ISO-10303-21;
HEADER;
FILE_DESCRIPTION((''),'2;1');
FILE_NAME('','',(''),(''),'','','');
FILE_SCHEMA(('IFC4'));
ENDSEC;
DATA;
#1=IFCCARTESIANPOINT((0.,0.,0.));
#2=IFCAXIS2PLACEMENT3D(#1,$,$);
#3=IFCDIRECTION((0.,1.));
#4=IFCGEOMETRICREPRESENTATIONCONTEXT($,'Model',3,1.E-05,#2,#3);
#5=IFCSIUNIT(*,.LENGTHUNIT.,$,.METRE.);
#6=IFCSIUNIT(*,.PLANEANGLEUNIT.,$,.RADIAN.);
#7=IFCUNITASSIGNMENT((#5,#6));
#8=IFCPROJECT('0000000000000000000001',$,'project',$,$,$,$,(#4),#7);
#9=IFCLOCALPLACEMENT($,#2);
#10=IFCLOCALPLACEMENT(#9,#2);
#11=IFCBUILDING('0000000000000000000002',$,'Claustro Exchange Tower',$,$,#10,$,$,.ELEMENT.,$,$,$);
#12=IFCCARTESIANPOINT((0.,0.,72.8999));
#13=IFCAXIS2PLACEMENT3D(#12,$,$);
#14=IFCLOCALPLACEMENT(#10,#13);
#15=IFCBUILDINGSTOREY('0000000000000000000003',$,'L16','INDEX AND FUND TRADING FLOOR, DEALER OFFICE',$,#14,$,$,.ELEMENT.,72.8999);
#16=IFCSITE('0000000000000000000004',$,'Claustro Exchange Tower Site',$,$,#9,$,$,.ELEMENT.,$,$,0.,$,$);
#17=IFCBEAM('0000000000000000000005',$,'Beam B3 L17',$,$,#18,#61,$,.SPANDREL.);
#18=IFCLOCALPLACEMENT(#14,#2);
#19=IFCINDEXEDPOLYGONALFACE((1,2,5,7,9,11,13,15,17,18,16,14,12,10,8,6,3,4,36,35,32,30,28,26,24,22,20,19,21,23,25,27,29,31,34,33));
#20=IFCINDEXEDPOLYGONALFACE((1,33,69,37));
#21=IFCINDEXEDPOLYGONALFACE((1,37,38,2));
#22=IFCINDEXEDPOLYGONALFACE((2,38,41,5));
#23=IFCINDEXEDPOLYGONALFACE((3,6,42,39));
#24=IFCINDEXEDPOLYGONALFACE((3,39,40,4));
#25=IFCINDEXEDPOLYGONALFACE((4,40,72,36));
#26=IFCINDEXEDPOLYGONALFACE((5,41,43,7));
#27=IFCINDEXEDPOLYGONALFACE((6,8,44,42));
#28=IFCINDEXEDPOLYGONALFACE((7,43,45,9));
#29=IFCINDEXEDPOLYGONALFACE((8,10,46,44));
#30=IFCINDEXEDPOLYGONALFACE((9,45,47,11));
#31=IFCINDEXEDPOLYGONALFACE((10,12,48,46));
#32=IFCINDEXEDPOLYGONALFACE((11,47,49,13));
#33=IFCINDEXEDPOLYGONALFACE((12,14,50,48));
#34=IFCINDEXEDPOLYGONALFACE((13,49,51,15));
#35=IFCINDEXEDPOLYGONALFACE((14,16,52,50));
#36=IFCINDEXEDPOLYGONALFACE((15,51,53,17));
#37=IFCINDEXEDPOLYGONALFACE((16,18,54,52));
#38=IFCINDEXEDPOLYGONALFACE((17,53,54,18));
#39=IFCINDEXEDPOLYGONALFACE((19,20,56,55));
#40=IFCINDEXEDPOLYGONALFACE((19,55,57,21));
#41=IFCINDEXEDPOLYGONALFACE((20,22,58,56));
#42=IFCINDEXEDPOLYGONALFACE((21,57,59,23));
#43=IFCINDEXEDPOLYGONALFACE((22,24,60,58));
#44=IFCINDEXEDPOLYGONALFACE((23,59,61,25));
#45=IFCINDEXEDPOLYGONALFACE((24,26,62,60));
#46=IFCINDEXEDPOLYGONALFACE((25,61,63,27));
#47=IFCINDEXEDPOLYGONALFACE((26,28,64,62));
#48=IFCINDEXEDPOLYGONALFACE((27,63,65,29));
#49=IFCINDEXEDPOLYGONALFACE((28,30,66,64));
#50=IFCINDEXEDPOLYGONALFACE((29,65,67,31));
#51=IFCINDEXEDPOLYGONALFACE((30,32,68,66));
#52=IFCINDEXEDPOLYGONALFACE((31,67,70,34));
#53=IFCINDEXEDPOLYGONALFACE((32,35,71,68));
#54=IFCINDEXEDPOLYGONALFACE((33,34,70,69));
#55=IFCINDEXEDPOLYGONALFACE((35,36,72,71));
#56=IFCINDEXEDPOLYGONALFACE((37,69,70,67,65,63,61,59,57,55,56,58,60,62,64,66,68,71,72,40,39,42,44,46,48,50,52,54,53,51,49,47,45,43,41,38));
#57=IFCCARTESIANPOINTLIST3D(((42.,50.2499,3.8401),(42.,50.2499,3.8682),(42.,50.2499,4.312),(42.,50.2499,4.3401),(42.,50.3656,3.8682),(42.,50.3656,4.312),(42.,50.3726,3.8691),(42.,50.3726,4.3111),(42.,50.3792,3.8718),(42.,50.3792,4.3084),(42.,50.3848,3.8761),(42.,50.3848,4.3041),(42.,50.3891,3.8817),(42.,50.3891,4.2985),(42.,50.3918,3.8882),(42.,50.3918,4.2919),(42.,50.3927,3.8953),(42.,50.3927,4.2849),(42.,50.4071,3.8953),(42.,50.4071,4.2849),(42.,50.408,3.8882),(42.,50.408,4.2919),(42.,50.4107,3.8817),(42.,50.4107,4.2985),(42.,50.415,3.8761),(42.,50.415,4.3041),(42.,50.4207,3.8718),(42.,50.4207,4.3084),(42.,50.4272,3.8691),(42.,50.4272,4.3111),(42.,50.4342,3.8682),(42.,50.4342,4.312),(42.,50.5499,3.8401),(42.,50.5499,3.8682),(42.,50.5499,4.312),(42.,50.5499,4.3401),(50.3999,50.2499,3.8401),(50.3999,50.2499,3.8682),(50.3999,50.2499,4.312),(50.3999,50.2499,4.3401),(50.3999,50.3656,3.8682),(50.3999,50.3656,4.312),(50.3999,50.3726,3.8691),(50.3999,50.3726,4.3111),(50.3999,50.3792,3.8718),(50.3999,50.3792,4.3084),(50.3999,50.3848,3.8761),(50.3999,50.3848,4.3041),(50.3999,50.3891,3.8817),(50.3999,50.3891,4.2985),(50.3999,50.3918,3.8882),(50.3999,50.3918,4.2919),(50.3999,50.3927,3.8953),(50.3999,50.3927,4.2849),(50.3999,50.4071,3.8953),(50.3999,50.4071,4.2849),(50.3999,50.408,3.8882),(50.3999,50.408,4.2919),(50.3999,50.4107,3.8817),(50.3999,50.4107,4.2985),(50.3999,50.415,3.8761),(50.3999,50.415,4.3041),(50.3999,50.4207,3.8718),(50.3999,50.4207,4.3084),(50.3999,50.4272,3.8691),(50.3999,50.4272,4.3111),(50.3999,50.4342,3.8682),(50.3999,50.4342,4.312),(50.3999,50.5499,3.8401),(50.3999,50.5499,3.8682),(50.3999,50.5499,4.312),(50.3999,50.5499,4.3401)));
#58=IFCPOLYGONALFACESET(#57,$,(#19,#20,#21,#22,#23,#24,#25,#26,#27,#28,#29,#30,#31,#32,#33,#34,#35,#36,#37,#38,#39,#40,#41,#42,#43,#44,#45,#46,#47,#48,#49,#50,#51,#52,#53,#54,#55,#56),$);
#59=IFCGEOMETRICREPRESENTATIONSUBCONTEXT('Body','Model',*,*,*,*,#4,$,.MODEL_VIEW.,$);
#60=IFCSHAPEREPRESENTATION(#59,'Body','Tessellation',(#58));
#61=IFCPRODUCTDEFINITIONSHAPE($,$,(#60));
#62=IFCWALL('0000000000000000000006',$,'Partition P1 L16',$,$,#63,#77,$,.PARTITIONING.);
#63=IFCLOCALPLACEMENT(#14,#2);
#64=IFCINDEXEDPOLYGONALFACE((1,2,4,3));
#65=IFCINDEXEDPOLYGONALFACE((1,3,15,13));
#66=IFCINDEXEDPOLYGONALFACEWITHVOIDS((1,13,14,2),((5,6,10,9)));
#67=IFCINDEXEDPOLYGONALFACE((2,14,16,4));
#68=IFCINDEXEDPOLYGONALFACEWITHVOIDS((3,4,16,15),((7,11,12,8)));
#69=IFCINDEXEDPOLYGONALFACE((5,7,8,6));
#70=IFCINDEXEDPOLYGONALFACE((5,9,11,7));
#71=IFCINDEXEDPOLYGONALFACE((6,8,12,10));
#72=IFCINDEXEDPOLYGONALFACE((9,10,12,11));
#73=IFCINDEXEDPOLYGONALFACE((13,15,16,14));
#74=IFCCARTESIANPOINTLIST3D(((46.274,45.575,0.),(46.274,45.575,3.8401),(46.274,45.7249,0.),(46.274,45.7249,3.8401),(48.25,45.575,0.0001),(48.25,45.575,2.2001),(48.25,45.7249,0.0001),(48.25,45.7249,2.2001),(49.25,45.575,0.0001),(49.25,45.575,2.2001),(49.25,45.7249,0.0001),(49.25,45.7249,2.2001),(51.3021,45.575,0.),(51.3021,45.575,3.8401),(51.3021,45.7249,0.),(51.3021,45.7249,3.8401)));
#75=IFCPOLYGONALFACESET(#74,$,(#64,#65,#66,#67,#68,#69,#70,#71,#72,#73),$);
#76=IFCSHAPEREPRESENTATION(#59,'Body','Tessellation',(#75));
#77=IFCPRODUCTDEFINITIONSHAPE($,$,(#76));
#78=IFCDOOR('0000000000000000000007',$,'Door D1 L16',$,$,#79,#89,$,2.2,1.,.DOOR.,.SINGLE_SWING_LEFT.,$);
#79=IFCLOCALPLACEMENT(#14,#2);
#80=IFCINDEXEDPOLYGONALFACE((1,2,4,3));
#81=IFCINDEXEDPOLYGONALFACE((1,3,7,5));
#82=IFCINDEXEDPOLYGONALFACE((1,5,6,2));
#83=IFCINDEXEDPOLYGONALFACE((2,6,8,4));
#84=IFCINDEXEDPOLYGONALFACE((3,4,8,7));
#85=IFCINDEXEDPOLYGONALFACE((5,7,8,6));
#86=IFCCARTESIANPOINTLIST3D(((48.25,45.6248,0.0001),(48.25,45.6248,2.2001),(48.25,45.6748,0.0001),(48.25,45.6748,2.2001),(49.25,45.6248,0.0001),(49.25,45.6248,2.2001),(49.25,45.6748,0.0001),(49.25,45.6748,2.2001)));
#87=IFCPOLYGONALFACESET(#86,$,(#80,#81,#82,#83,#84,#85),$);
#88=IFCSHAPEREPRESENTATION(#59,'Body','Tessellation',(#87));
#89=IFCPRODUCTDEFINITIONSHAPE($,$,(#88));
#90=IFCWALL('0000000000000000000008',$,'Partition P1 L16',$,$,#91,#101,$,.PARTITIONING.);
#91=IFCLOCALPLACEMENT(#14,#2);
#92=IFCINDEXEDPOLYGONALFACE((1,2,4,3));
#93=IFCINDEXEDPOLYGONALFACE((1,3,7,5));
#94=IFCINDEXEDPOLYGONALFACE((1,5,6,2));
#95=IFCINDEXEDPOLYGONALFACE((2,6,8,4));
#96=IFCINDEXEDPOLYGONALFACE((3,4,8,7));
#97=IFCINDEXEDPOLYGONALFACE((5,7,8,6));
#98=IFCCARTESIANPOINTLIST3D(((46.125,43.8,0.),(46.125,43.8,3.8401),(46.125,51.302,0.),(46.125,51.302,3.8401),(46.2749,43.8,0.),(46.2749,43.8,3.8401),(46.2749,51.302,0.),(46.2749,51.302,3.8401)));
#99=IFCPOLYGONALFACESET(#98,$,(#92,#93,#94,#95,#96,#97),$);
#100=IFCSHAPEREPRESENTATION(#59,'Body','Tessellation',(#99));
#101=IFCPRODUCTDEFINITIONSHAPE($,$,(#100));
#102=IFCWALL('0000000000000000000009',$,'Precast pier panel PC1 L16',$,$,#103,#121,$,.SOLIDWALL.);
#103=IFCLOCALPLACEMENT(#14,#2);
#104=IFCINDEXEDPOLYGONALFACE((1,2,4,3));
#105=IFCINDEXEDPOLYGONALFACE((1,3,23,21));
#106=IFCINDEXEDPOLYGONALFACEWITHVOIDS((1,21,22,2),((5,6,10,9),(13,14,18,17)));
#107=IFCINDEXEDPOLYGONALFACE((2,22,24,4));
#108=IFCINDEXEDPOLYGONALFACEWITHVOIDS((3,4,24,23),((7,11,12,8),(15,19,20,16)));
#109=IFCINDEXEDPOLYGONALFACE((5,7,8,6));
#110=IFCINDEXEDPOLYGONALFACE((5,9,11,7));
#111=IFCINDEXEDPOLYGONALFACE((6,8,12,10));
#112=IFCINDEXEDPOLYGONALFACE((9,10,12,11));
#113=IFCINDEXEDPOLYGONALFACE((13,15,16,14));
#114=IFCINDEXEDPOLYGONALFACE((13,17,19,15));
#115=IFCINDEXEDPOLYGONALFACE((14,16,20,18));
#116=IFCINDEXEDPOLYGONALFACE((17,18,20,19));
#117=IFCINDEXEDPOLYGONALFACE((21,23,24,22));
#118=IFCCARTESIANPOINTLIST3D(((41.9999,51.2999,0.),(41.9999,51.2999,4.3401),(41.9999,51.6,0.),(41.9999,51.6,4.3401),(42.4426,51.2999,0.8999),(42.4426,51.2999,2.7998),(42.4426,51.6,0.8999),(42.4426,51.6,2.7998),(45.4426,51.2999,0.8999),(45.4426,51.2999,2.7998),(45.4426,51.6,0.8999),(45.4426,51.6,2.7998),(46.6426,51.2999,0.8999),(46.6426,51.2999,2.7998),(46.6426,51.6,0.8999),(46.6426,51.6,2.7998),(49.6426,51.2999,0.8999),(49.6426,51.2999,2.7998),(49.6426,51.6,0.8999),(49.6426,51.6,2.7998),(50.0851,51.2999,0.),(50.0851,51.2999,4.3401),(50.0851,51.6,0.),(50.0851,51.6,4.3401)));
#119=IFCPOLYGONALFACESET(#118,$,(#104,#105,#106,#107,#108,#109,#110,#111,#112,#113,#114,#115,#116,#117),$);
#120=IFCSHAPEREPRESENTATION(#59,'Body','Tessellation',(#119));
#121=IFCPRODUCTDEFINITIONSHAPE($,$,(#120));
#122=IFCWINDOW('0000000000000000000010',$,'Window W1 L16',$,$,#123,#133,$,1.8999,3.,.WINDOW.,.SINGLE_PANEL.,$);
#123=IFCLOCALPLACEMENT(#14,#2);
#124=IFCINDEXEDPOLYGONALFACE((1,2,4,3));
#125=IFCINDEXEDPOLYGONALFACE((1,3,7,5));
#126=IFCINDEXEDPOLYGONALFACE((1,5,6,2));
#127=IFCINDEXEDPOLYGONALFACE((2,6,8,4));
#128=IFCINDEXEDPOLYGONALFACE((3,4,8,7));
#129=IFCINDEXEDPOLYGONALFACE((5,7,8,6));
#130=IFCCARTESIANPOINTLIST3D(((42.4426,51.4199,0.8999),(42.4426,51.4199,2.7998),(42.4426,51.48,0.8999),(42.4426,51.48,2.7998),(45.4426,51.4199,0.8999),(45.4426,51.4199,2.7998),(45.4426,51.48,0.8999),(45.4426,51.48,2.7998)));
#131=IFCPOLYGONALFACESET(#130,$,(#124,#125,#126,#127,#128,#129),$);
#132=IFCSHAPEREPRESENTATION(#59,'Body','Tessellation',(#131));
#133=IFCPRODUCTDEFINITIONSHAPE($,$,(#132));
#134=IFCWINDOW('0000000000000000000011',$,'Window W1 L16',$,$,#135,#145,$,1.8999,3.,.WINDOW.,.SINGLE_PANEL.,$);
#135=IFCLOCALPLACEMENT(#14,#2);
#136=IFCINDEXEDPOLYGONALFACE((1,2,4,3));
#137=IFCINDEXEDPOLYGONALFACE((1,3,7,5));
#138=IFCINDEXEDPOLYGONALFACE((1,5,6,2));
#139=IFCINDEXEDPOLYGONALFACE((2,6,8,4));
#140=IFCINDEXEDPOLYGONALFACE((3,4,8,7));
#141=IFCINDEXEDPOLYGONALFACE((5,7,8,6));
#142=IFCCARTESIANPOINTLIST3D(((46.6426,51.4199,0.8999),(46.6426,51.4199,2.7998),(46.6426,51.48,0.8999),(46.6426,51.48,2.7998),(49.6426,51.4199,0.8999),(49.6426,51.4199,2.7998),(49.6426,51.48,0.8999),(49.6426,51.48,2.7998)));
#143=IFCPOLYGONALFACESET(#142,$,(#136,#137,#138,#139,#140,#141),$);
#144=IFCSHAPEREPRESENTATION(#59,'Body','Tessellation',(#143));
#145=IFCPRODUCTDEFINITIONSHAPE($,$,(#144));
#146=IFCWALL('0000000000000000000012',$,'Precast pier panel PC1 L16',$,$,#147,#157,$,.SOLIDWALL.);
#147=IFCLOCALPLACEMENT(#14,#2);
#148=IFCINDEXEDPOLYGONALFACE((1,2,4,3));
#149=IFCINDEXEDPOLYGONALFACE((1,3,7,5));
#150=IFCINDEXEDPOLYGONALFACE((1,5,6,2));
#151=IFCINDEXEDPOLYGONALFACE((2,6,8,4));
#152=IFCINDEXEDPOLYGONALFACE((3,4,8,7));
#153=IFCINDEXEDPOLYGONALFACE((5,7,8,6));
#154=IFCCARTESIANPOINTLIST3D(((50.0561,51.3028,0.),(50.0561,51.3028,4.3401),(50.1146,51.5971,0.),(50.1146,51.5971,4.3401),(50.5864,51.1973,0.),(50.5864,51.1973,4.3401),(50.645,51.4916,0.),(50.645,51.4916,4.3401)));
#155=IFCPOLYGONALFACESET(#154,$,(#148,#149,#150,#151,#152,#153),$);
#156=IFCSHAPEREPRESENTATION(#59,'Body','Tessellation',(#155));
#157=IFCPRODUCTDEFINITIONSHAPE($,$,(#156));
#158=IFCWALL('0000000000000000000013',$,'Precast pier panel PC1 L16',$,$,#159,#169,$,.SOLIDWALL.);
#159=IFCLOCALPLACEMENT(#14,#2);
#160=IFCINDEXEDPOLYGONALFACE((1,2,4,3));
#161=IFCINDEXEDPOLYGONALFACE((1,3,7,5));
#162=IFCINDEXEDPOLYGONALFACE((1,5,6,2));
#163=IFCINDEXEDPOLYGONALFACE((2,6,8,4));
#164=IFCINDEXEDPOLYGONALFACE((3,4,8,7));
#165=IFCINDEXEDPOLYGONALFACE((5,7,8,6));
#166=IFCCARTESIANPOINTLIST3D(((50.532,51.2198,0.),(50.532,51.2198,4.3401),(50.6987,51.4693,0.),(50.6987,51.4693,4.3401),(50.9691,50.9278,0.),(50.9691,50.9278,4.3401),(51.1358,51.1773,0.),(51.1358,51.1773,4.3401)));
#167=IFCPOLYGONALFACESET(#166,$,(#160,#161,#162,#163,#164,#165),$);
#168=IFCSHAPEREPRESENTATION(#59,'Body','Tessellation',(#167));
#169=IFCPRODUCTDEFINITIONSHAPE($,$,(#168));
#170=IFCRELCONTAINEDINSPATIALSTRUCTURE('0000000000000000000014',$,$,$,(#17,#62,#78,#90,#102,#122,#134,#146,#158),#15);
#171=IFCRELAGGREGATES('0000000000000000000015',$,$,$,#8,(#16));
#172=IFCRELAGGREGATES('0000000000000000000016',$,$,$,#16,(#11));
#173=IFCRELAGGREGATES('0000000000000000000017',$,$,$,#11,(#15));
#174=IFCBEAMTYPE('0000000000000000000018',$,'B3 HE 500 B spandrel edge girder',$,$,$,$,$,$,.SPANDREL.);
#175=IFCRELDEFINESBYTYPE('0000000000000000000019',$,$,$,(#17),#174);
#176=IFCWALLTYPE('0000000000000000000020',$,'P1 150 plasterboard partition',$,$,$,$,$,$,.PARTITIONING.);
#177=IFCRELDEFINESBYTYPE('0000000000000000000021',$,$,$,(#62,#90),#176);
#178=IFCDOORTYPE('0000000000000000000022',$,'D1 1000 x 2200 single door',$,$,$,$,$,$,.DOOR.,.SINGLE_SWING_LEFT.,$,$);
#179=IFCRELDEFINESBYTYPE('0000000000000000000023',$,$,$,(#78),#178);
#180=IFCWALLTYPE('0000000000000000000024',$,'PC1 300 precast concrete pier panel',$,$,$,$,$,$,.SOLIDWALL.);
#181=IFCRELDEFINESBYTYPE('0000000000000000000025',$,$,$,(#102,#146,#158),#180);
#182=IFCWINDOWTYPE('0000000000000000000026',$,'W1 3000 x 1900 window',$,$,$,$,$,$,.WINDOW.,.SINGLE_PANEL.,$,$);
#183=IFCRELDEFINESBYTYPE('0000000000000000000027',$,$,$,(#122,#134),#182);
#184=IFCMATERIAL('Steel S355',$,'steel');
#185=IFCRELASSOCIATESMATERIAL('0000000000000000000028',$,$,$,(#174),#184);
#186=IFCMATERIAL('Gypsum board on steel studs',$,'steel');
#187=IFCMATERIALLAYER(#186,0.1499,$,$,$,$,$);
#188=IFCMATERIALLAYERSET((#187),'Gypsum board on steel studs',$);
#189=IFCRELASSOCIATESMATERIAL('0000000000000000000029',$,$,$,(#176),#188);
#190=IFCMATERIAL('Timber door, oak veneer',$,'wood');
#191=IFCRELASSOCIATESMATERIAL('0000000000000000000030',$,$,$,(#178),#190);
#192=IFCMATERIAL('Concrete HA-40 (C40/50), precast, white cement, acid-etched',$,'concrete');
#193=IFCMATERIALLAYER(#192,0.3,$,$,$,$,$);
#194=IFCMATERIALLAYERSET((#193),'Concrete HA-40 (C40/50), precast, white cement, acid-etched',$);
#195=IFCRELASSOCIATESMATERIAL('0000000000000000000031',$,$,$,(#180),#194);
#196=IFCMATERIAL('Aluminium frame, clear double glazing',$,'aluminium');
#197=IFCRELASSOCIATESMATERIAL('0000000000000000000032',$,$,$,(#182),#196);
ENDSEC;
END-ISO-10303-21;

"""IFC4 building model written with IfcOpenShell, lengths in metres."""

from ifc_helpers import new_model, si_unit, direction, frame, frame_2d, origin, origin_2d, place, context, subcontext, project, spatial, rectangle, i_section, extrude, material, layer, layer_set, material_profile, profile_set, type_object, element, fill, save


model = new_model("IFC4")

# Units and contexts
model_context = context("Model", 3, precision=1e-05, world=origin(), true_north=direction((0.0, 1.0)))
body_context = subcontext(model_context, "Body", "Model", "MODEL_VIEW")
ifc_project = project(units=[si_unit("LENGTHUNIT", "METRE"), si_unit("PLANEANGLEUNIT", "RADIAN")], contexts=[model_context])

# Site, building, storey
site_placement = place(None, origin())
site = spatial("IfcSite", under=ifc_project, at=site_placement, Name="Claustro Exchange Tower Site", CompositionType="ELEMENT", RefElevation=0.0)
building_placement = place(site_placement, origin())
building = spatial("IfcBuilding", under=site, at=building_placement, Name="Claustro Exchange Tower", CompositionType="ELEMENT")
storey_placement = place(building_placement, frame((0.0, 0.0, 72.8999)))
storey = spatial("IfcBuildingStorey", under=building, at=storey_placement, Name="L16", Description="INDEX AND FUND TRADING FLOOR, DEALER OFFICE", CompositionType="ELEMENT", Elevation=72.8999)

# Beam
ifc_material_1 = material(Name="Steel S355", Category="steel")
ifc_material_profile_1 = material_profile(ifc_material_1, i_section(OverallWidth=0.3, OverallDepth=0.5, WebThickness=0.0144, FlangeThickness=0.0281, FilletRadius=0.0271, at=origin_2d()), Name="HE 500 B")
ifc_profile_set_1 = profile_set([ifc_material_profile_1], Name="Steel S355")
beam_type_1 = type_object("IfcBeamType", Name="B3 HE 500 B spandrel edge girder", PredefinedType="SPANDREL", material=ifc_profile_set_1)
for number, where, z_axis, x_axis, name in (
    (1, (42.0, 50.3999, 4.0901), (1.0, 0.0, 0.0), (0.0, 1.0, 0.0), "Beam B3 L17"),
):
    element("IfcBeam", number, at=place(storey_placement, frame(where, z_axis=z_axis, x_axis=x_axis)), inside=storey, type_object=beam_type_1, Name=name, PredefinedType="SPANDREL", context=body_context, shape_type="SweptSolid", body=[
        extrude(i_section(OverallWidth=0.3, OverallDepth=0.5, WebThickness=0.0144, FlangeThickness=0.0281, FilletRadius=0.0271, at=origin_2d()), origin(), (0.0, 0.0, 1.0), 8.3999),
    ])

# Wall, opening, door
ifc_material_2 = material(Name="Gypsum board on steel studs", Category="steel")
ifc_layer_1 = layer(ifc_material_2, 0.1499)
ifc_layer_set_1 = layer_set([ifc_layer_1], Name="Gypsum board on steel studs")
wall_type_1 = type_object("IfcWallType", Name="P1 150 plasterboard partition", PredefinedType="PARTITIONING", material=ifc_layer_set_1)
wall_1_placement = place(storey_placement, frame((46.2739, 45.6499, 0.0), z_axis=(0.0, 0.0, 1.0), x_axis=(1.0, 0.0, 0.0)))
wall_1 = element("IfcWall", 2, at=wall_1_placement, inside=storey, type_object=wall_type_1, Name="Partition P1 L16", PredefinedType="PARTITIONING", context=body_context, shape_type="SweptSolid", body=[
    extrude(rectangle(XDim=5.0281, YDim=0.1499, at=frame_2d((2.5142, 0.0))), origin(), (0.0, 0.0, 1.0), 3.8401),
])
opening_1_placement = place(wall_1_placement, frame((1.9761, 0.0, 0.0)))
opening_1 = element("IfcOpeningElement", 3, at=opening_1_placement, cuts=wall_1, PredefinedType="OPENING", context=body_context, shape_type="SweptSolid", body=[
    extrude(rectangle(XDim=1.0, YDim=2.2, at=frame_2d((0.5, 1.1001))), frame((0.0, 0.085, 0.0), z_axis=(0.0, -1.0, 0.0), x_axis=(1.0, 0.0, 0.0)), (0.0, 0.0, 1.0), 0.1699),
])
ifc_material_3 = material(Name="Timber door, oak veneer", Category="wood")
door_type = type_object("IfcDoorType", Name="D1 1000 x 2200 single door", OperationType="SINGLE_SWING_LEFT", PredefinedType="DOOR", material=ifc_material_3)
door_placement = place(opening_1_placement, origin())
door = element("IfcDoor", 4, at=door_placement, inside=storey, type_object=door_type, Name="Door D1 L16", OperationType="SINGLE_SWING_LEFT", OverallHeight=2.2, OverallWidth=1.0, PredefinedType="DOOR", context=body_context, shape_type="SweptSolid", body=[
    extrude(rectangle(XDim=1.0, YDim=2.2, at=frame_2d((0.5, 1.1001))), frame((0.0, 0.0249, 0.0), z_axis=(0.0, -1.0, 0.0), x_axis=(1.0, 0.0, 0.0)), (0.0, 0.0, 1.0), 0.05),
])
fill(opening_1, door)

# Wall
wall_2_placement = place(storey_placement, frame((46.2, 43.8, 0.0), z_axis=(0.0, 0.0, 1.0), x_axis=(0.0, 1.0, 0.0)))
element("IfcWall", 5, at=wall_2_placement, inside=storey, type_object=wall_type_1, Name="Partition P1 L16", PredefinedType="PARTITIONING", context=body_context, shape_type="SweptSolid", body=[
    extrude(rectangle(XDim=7.502, YDim=0.1499, at=frame_2d((3.751, 0.0))), origin(), (0.0, 0.0, 1.0), 3.8401),
])

# Wall, openings, windows
ifc_material_4 = material(Name="Concrete HA-40 (C40/50), precast, white cement, acid-etched", Category="concrete")
ifc_layer_2 = layer(ifc_material_4, 0.3)
ifc_layer_set_2 = layer_set([ifc_layer_2], Name="Concrete HA-40 (C40/50), precast, white cement, acid-etched")
wall_type_2 = type_object("IfcWallType", Name="PC1 300 precast concrete pier panel", PredefinedType="SOLIDWALL", material=ifc_layer_set_2)
wall_3_placement = place(storey_placement, frame((42.0, 51.45, 0.0), z_axis=(0.0, 0.0, 1.0), x_axis=(1.0, 0.0, 0.0)))
wall_3 = element("IfcWall", 6, at=wall_3_placement, inside=storey, type_object=wall_type_2, Name="Precast pier panel PC1 L16", PredefinedType="SOLIDWALL", context=body_context, shape_type="SweptSolid", body=[
    extrude(rectangle(XDim=8.0852, YDim=0.3, at=frame_2d((4.0425, 0.0))), origin(), (0.0, 0.0, 1.0), 4.3401),
])
opening_2_placement = place(wall_3_placement, frame((0.4426, 0.0, 0.8999)))
opening_2 = element("IfcOpeningElement", 7, at=opening_2_placement, cuts=wall_3, PredefinedType="OPENING", context=body_context, shape_type="SweptSolid", body=[
    extrude(rectangle(XDim=3.0, YDim=1.8999, at=frame_2d((1.5, 0.95))), frame((0.0, 0.1599, 0.0), z_axis=(0.0, -1.0, 0.0), x_axis=(1.0, 0.0, 0.0)), (0.0, 0.0, 1.0), 0.3201),
])
opening_3_placement = place(wall_3_placement, frame((4.6426, 0.0, 0.8999)))
opening_3 = element("IfcOpeningElement", 8, at=opening_3_placement, cuts=wall_3, PredefinedType="OPENING", context=body_context, shape_type="SweptSolid", body=[
    extrude(rectangle(XDim=3.0, YDim=1.8999, at=frame_2d((1.5, 0.95))), frame((0.0, 0.1599, 0.0), z_axis=(0.0, -1.0, 0.0), x_axis=(1.0, 0.0, 0.0)), (0.0, 0.0, 1.0), 0.3201),
])
ifc_material_5 = material(Name="Aluminium frame, clear double glazing", Category="aluminium")
window_type_1 = type_object("IfcWindowType", Name="W1 3000 x 1900 window", PartitioningType="SINGLE_PANEL", PredefinedType="WINDOW", material=ifc_material_5)
window_1_placement = place(opening_2_placement, origin())
window_1 = element("IfcWindow", 9, at=window_1_placement, inside=storey, type_object=window_type_1, Name="Window W1 L16", OverallHeight=1.8999, OverallWidth=3.0, PartitioningType="SINGLE_PANEL", PredefinedType="WINDOW", context=body_context, shape_type="SweptSolid", body=[
    extrude(rectangle(XDim=3.0, YDim=1.8999, at=frame_2d((1.5, 0.95))), frame((0.0, 0.03, 0.0), z_axis=(0.0, -1.0, 0.0), x_axis=(1.0, 0.0, 0.0)), (0.0, 0.0, 1.0), 0.0601),
])
fill(opening_2, window_1)
window_2_placement = place(opening_3_placement, origin())
window_2 = element("IfcWindow", 10, at=window_2_placement, inside=storey, type_object=window_type_1, Name="Window W1 L16", OverallHeight=1.8999, OverallWidth=3.0, PartitioningType="SINGLE_PANEL", PredefinedType="WINDOW", context=body_context, shape_type="SweptSolid", body=[
    extrude(rectangle(XDim=3.0, YDim=1.8999, at=frame_2d((1.5, 0.95))), frame((0.0, 0.03, 0.0), z_axis=(0.0, -1.0, 0.0), x_axis=(1.0, 0.0, 0.0)), (0.0, 0.0, 1.0), 0.0601),
])
fill(opening_3, window_2)

# Walls
wall_4_placement = place(storey_placement, frame((50.0852, 51.45, 0.0), z_axis=(0.0, 0.0, 1.0), x_axis=(0.980789, -0.195074, 0.0)))
element("IfcWall", 11, at=wall_4_placement, inside=storey, type_object=wall_type_2, Name="Precast pier panel PC1 L16", PredefinedType="SOLIDWALL", context=body_context, shape_type="SweptSolid", body=[
    extrude(rectangle(XDim=0.5408, YDim=0.3, at=frame_2d((0.2705, 0.0))), origin(), (0.0, 0.0, 1.0), 4.3401),
])
for number, where, z_axis, x_axis, name in (
    (12, (50.6155, 51.3445, 0.0), (0.0, 0.0, 1.0), (0.831478, -0.555557, 0.0), "Precast pier panel PC1 L16"),
):
    element("IfcWall", number, at=place(storey_placement, frame(where, z_axis=z_axis, x_axis=x_axis)), inside=storey, type_object=wall_type_2, Name=name, PredefinedType="SOLIDWALL", context=body_context, shape_type="SweptSolid", body=[
        extrude(rectangle(XDim=0.5256, YDim=0.3, at=frame_2d((0.2627, 0.0))), origin(), (0.0, 0.0, 1.0), 4.3401),
    ])

save(model, "model.ifc")
